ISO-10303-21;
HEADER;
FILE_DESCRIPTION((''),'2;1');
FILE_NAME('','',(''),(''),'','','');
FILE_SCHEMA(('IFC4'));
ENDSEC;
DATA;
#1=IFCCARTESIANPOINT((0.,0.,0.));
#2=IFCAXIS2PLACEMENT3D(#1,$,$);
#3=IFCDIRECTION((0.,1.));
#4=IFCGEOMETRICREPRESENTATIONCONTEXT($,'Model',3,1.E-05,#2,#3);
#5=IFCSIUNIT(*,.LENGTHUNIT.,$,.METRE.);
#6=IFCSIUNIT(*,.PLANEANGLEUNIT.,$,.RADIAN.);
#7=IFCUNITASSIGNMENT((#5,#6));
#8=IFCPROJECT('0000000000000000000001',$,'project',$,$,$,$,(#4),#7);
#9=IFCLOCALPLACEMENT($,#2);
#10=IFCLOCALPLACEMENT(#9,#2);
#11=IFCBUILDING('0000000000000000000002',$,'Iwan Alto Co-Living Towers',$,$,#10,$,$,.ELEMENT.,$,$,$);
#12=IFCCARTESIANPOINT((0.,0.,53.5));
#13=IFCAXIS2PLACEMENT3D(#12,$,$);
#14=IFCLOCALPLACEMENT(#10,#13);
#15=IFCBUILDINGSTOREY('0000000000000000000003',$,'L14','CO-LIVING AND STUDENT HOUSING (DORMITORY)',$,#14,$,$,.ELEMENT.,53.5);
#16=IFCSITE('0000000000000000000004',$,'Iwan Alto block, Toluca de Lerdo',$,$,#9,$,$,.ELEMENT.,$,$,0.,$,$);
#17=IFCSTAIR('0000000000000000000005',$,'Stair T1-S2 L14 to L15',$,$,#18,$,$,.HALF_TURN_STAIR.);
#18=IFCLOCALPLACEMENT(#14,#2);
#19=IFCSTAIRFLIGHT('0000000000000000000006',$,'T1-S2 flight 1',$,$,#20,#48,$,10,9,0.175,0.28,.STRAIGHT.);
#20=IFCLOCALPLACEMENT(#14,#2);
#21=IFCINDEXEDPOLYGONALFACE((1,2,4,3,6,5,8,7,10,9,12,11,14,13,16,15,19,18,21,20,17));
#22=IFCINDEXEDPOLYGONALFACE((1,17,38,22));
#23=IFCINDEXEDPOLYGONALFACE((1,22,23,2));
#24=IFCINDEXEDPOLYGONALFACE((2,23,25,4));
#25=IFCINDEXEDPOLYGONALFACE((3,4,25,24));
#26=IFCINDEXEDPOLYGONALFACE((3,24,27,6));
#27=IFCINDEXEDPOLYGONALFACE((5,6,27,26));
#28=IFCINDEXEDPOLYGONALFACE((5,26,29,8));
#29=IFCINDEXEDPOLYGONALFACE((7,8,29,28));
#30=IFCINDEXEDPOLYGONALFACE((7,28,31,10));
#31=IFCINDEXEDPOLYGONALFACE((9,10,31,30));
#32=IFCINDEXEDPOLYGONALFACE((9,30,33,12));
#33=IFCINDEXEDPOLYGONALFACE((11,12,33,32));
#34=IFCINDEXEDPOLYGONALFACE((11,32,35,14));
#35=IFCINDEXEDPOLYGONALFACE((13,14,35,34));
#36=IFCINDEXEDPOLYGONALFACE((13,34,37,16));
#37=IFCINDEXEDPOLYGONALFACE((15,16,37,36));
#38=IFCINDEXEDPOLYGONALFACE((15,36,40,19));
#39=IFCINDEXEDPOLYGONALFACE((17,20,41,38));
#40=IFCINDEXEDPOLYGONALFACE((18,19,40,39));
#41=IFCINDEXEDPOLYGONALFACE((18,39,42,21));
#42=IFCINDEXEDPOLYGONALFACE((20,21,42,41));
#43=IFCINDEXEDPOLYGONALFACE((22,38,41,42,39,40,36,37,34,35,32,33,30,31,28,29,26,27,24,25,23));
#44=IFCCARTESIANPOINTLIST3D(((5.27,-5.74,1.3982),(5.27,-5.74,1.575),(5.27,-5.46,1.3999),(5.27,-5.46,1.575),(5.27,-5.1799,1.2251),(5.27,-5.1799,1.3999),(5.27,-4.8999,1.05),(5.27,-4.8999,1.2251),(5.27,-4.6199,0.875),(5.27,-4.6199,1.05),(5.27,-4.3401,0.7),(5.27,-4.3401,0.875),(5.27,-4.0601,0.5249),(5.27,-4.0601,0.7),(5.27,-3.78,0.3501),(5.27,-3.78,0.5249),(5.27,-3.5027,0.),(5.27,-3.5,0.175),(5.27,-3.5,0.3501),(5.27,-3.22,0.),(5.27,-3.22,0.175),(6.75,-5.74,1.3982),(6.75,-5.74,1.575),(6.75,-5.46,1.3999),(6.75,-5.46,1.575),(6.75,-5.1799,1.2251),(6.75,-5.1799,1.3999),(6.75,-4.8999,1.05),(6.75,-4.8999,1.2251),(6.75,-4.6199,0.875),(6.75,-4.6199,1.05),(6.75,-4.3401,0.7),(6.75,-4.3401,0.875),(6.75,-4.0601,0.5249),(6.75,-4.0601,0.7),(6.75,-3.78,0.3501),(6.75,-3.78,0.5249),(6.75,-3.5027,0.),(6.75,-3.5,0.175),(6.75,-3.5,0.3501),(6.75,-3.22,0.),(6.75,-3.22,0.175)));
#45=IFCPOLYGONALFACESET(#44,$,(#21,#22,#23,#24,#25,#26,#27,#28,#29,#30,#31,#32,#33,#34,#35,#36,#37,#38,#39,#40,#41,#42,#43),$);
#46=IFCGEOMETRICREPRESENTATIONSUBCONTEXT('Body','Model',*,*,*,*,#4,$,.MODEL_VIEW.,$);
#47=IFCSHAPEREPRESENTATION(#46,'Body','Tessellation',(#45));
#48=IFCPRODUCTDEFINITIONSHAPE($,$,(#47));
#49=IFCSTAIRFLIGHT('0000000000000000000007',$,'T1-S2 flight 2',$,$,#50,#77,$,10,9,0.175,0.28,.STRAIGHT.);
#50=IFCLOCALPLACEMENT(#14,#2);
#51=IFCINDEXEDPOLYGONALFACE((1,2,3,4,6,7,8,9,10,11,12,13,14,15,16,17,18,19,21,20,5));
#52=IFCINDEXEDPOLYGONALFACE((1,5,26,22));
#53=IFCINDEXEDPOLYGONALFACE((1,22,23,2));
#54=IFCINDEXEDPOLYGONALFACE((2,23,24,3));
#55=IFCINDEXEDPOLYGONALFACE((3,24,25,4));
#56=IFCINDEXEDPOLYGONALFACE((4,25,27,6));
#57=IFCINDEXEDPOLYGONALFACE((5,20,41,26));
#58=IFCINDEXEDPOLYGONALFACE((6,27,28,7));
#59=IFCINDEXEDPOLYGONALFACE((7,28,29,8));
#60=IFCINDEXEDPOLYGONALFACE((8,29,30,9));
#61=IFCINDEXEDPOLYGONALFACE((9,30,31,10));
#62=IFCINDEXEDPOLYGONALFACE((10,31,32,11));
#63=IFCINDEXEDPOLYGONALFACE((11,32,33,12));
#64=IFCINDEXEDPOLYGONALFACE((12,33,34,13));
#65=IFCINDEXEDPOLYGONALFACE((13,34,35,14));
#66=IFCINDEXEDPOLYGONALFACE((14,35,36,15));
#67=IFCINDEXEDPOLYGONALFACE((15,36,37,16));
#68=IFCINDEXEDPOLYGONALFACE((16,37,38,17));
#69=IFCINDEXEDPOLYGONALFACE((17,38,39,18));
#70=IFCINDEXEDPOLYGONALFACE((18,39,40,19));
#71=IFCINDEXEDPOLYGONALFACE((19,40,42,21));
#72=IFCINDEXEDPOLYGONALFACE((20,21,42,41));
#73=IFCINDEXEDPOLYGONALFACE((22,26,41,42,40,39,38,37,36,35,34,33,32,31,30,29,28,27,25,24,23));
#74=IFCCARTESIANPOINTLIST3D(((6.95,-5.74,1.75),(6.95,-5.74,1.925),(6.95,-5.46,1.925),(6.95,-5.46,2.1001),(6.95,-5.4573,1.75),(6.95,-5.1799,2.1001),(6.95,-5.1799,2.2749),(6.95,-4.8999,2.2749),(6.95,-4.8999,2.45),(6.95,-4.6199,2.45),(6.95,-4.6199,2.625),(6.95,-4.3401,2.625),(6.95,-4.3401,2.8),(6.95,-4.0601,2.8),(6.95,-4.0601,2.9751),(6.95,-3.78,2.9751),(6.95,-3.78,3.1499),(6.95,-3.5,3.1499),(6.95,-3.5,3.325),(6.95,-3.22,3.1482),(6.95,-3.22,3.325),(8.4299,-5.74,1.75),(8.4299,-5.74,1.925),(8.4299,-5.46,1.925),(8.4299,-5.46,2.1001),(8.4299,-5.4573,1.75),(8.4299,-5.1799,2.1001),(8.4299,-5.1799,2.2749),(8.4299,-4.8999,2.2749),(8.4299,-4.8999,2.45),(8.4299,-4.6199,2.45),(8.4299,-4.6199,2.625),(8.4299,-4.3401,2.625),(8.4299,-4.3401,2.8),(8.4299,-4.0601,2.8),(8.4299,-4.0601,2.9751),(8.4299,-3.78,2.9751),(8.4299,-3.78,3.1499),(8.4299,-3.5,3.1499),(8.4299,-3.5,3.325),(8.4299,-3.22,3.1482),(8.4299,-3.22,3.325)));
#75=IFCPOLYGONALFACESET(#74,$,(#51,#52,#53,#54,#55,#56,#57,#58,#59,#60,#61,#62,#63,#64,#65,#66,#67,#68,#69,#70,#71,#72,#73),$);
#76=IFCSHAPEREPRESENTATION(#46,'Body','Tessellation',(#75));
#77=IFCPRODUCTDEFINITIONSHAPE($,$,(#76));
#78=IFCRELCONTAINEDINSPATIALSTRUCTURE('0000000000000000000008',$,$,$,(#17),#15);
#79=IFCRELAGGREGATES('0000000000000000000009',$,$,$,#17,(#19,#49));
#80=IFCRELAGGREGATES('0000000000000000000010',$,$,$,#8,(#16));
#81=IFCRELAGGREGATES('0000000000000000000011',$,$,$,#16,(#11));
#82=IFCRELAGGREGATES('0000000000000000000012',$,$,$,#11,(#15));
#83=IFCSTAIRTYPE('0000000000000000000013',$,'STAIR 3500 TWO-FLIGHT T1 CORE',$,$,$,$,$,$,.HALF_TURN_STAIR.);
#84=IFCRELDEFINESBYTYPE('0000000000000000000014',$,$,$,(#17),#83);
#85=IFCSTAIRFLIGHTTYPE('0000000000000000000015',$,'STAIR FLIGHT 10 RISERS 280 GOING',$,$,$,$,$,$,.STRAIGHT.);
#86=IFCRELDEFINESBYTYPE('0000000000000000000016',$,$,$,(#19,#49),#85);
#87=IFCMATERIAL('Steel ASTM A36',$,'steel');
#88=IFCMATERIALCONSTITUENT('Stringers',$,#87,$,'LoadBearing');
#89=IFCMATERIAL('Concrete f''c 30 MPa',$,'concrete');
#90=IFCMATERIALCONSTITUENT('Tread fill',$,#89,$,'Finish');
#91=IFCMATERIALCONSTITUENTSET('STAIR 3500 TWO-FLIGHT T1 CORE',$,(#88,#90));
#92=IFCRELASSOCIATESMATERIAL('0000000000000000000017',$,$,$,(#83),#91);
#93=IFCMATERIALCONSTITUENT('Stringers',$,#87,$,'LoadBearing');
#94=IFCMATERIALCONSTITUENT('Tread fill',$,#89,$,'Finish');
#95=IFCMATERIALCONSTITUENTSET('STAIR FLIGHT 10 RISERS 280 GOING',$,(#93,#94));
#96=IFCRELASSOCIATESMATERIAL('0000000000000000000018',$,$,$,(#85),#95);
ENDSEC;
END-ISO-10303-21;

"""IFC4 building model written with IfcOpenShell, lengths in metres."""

from ifc_helpers import new_model, si_unit, direction, frame, origin, place, context, subcontext, project, spatial, polyline, outline, extrude, material, constituent, constituent_set, type_object, element, aggregate, save


model = new_model("IFC4")

# Units and contexts
model_context = context("Model", 3, precision=1e-05, world=origin(), true_north=direction((0.0, 1.0)))
body_context = subcontext(model_context, "Body", "Model", "MODEL_VIEW")
ifc_project = project(units=[si_unit("LENGTHUNIT", "METRE"), si_unit("PLANEANGLEUNIT", "RADIAN")], contexts=[model_context])

# Site, building, storey
site_placement = place(None, origin())
site = spatial("IfcSite", under=ifc_project, at=site_placement, Name="Iwan Alto block, Toluca de Lerdo", CompositionType="ELEMENT", RefElevation=0.0)
building_placement = place(site_placement, origin())
building = spatial("IfcBuilding", under=site, at=building_placement, Name="Iwan Alto Co-Living Towers", CompositionType="ELEMENT")
storey_placement = place(building_placement, frame((0.0, 0.0, 53.5)))
storey = spatial("IfcBuildingStorey", under=building, at=storey_placement, Name="L14", Description="CO-LIVING AND STUDENT HOUSING (DORMITORY)", CompositionType="ELEMENT", Elevation=53.5)

# Stair, stair flights
ifc_material_1 = material(Name="Steel ASTM A36", Category="steel")
ifc_constituent_1 = constituent(ifc_material_1, Name="Stringers", Category="LoadBearing")
ifc_material_2 = material(Name="Concrete f'c 30 MPa", Category="concrete")
ifc_constituent_2 = constituent(ifc_material_2, Name="Tread fill", Category="Finish")
ifc_constituent_set_1 = constituent_set(constituents=[ifc_constituent_1, ifc_constituent_2], Name="STAIR 3500 TWO-FLIGHT T1 CORE")
stair_type = type_object("IfcStairType", Name="STAIR 3500 TWO-FLIGHT T1 CORE", PredefinedType="HALF_TURN_STAIR", material=ifc_constituent_set_1)
stair_placement = place(storey_placement, origin())
stair = element("IfcStair", 1, at=stair_placement, inside=storey, type_object=stair_type, Name="Stair T1-S2 L14 to L15", PredefinedType="HALF_TURN_STAIR")
ifc_constituent_3 = constituent(ifc_material_1, Name="Stringers", Category="LoadBearing")
ifc_constituent_4 = constituent(ifc_material_2, Name="Tread fill", Category="Finish")
ifc_constituent_set_2 = constituent_set(constituents=[ifc_constituent_3, ifc_constituent_4], Name="STAIR FLIGHT 10 RISERS 280 GOING")
stair_flight_type = type_object("IfcStairFlightType", Name="STAIR FLIGHT 10 RISERS 280 GOING", PredefinedType="STRAIGHT", material=ifc_constituent_set_2)
stair_flight_1_placement = place(storey_placement, frame((6.01, -3.22, 0.0), z_axis=(0.0, 0.0, 1.0), x_axis=(0.0, -1.0, 0.0)))
stair_flight_1 = element("IfcStairFlight", 2, at=stair_flight_1_placement, type_object=stair_flight_type, Name="T1-S2 flight 1", NumberOfRisers=10, NumberOfTreads=9, PredefinedType="STRAIGHT", RiserHeight=0.175, TreadLength=0.28, context=body_context, shape_type="SweptSolid", body=[
    extrude(outline(polyline([(0.0, 0.0), (0.0, 0.175), (0.28, 0.175), (0.28, 0.3501), (0.5601, 0.3501), (0.5601, 0.5249), (0.8401, 0.5249), (0.8401, 0.7), (1.1201, 0.7), (1.1201, 0.875), (1.3999, 0.875), (1.3999, 1.05), (1.6799, 1.05), (1.6799, 1.2251), (1.96, 1.2251), (1.96, 1.3999), (2.24, 1.3999), (2.24, 1.575), (2.52, 1.575), (2.52, 1.75), (2.52, 1.3982), (0.2827, 0.0), (0.0, 0.0)])), frame((0.0, 0.74, 0.0), z_axis=(0.0, -1.0, 0.0), x_axis=(1.0, 0.0, 0.0)), (0.0, 0.0, 1.0), 1.48),
])
stair_flight_2_placement = place(storey_placement, frame((7.6899, -5.74, 1.75), z_axis=(0.0, 0.0, 1.0), x_axis=(0.0, 1.0, 0.0)))
stair_flight_2 = element("IfcStairFlight", 3, at=stair_flight_2_placement, type_object=stair_flight_type, Name="T1-S2 flight 2", NumberOfRisers=10, NumberOfTreads=9, PredefinedType="STRAIGHT", RiserHeight=0.175, TreadLength=0.28, context=body_context, shape_type="SweptSolid", body=[
    extrude(outline(polyline([(0.0, 0.0), (0.0, 0.175), (0.28, 0.175), (0.28, 0.3501), (0.5601, 0.3501), (0.5601, 0.5249), (0.8401, 0.5249), (0.8401, 0.7), (1.1201, 0.7), (1.1201, 0.875), (1.3999, 0.875), (1.3999, 1.05), (1.6799, 1.05), (1.6799, 1.2251), (1.96, 1.2251), (1.96, 1.3999), (2.24, 1.3999), (2.24, 1.575), (2.52, 1.575), (2.52, 1.75), (2.52, 1.3982), (0.2827, 0.0), (0.0, 0.0)])), frame((0.0, 0.74, 0.0), z_axis=(0.0, -1.0, 0.0), x_axis=(1.0, 0.0, 0.0)), (0.0, 0.0, 1.0), 1.48),
])
aggregate(stair, [stair_flight_1, stair_flight_2])

save(model, "model.ifc")
